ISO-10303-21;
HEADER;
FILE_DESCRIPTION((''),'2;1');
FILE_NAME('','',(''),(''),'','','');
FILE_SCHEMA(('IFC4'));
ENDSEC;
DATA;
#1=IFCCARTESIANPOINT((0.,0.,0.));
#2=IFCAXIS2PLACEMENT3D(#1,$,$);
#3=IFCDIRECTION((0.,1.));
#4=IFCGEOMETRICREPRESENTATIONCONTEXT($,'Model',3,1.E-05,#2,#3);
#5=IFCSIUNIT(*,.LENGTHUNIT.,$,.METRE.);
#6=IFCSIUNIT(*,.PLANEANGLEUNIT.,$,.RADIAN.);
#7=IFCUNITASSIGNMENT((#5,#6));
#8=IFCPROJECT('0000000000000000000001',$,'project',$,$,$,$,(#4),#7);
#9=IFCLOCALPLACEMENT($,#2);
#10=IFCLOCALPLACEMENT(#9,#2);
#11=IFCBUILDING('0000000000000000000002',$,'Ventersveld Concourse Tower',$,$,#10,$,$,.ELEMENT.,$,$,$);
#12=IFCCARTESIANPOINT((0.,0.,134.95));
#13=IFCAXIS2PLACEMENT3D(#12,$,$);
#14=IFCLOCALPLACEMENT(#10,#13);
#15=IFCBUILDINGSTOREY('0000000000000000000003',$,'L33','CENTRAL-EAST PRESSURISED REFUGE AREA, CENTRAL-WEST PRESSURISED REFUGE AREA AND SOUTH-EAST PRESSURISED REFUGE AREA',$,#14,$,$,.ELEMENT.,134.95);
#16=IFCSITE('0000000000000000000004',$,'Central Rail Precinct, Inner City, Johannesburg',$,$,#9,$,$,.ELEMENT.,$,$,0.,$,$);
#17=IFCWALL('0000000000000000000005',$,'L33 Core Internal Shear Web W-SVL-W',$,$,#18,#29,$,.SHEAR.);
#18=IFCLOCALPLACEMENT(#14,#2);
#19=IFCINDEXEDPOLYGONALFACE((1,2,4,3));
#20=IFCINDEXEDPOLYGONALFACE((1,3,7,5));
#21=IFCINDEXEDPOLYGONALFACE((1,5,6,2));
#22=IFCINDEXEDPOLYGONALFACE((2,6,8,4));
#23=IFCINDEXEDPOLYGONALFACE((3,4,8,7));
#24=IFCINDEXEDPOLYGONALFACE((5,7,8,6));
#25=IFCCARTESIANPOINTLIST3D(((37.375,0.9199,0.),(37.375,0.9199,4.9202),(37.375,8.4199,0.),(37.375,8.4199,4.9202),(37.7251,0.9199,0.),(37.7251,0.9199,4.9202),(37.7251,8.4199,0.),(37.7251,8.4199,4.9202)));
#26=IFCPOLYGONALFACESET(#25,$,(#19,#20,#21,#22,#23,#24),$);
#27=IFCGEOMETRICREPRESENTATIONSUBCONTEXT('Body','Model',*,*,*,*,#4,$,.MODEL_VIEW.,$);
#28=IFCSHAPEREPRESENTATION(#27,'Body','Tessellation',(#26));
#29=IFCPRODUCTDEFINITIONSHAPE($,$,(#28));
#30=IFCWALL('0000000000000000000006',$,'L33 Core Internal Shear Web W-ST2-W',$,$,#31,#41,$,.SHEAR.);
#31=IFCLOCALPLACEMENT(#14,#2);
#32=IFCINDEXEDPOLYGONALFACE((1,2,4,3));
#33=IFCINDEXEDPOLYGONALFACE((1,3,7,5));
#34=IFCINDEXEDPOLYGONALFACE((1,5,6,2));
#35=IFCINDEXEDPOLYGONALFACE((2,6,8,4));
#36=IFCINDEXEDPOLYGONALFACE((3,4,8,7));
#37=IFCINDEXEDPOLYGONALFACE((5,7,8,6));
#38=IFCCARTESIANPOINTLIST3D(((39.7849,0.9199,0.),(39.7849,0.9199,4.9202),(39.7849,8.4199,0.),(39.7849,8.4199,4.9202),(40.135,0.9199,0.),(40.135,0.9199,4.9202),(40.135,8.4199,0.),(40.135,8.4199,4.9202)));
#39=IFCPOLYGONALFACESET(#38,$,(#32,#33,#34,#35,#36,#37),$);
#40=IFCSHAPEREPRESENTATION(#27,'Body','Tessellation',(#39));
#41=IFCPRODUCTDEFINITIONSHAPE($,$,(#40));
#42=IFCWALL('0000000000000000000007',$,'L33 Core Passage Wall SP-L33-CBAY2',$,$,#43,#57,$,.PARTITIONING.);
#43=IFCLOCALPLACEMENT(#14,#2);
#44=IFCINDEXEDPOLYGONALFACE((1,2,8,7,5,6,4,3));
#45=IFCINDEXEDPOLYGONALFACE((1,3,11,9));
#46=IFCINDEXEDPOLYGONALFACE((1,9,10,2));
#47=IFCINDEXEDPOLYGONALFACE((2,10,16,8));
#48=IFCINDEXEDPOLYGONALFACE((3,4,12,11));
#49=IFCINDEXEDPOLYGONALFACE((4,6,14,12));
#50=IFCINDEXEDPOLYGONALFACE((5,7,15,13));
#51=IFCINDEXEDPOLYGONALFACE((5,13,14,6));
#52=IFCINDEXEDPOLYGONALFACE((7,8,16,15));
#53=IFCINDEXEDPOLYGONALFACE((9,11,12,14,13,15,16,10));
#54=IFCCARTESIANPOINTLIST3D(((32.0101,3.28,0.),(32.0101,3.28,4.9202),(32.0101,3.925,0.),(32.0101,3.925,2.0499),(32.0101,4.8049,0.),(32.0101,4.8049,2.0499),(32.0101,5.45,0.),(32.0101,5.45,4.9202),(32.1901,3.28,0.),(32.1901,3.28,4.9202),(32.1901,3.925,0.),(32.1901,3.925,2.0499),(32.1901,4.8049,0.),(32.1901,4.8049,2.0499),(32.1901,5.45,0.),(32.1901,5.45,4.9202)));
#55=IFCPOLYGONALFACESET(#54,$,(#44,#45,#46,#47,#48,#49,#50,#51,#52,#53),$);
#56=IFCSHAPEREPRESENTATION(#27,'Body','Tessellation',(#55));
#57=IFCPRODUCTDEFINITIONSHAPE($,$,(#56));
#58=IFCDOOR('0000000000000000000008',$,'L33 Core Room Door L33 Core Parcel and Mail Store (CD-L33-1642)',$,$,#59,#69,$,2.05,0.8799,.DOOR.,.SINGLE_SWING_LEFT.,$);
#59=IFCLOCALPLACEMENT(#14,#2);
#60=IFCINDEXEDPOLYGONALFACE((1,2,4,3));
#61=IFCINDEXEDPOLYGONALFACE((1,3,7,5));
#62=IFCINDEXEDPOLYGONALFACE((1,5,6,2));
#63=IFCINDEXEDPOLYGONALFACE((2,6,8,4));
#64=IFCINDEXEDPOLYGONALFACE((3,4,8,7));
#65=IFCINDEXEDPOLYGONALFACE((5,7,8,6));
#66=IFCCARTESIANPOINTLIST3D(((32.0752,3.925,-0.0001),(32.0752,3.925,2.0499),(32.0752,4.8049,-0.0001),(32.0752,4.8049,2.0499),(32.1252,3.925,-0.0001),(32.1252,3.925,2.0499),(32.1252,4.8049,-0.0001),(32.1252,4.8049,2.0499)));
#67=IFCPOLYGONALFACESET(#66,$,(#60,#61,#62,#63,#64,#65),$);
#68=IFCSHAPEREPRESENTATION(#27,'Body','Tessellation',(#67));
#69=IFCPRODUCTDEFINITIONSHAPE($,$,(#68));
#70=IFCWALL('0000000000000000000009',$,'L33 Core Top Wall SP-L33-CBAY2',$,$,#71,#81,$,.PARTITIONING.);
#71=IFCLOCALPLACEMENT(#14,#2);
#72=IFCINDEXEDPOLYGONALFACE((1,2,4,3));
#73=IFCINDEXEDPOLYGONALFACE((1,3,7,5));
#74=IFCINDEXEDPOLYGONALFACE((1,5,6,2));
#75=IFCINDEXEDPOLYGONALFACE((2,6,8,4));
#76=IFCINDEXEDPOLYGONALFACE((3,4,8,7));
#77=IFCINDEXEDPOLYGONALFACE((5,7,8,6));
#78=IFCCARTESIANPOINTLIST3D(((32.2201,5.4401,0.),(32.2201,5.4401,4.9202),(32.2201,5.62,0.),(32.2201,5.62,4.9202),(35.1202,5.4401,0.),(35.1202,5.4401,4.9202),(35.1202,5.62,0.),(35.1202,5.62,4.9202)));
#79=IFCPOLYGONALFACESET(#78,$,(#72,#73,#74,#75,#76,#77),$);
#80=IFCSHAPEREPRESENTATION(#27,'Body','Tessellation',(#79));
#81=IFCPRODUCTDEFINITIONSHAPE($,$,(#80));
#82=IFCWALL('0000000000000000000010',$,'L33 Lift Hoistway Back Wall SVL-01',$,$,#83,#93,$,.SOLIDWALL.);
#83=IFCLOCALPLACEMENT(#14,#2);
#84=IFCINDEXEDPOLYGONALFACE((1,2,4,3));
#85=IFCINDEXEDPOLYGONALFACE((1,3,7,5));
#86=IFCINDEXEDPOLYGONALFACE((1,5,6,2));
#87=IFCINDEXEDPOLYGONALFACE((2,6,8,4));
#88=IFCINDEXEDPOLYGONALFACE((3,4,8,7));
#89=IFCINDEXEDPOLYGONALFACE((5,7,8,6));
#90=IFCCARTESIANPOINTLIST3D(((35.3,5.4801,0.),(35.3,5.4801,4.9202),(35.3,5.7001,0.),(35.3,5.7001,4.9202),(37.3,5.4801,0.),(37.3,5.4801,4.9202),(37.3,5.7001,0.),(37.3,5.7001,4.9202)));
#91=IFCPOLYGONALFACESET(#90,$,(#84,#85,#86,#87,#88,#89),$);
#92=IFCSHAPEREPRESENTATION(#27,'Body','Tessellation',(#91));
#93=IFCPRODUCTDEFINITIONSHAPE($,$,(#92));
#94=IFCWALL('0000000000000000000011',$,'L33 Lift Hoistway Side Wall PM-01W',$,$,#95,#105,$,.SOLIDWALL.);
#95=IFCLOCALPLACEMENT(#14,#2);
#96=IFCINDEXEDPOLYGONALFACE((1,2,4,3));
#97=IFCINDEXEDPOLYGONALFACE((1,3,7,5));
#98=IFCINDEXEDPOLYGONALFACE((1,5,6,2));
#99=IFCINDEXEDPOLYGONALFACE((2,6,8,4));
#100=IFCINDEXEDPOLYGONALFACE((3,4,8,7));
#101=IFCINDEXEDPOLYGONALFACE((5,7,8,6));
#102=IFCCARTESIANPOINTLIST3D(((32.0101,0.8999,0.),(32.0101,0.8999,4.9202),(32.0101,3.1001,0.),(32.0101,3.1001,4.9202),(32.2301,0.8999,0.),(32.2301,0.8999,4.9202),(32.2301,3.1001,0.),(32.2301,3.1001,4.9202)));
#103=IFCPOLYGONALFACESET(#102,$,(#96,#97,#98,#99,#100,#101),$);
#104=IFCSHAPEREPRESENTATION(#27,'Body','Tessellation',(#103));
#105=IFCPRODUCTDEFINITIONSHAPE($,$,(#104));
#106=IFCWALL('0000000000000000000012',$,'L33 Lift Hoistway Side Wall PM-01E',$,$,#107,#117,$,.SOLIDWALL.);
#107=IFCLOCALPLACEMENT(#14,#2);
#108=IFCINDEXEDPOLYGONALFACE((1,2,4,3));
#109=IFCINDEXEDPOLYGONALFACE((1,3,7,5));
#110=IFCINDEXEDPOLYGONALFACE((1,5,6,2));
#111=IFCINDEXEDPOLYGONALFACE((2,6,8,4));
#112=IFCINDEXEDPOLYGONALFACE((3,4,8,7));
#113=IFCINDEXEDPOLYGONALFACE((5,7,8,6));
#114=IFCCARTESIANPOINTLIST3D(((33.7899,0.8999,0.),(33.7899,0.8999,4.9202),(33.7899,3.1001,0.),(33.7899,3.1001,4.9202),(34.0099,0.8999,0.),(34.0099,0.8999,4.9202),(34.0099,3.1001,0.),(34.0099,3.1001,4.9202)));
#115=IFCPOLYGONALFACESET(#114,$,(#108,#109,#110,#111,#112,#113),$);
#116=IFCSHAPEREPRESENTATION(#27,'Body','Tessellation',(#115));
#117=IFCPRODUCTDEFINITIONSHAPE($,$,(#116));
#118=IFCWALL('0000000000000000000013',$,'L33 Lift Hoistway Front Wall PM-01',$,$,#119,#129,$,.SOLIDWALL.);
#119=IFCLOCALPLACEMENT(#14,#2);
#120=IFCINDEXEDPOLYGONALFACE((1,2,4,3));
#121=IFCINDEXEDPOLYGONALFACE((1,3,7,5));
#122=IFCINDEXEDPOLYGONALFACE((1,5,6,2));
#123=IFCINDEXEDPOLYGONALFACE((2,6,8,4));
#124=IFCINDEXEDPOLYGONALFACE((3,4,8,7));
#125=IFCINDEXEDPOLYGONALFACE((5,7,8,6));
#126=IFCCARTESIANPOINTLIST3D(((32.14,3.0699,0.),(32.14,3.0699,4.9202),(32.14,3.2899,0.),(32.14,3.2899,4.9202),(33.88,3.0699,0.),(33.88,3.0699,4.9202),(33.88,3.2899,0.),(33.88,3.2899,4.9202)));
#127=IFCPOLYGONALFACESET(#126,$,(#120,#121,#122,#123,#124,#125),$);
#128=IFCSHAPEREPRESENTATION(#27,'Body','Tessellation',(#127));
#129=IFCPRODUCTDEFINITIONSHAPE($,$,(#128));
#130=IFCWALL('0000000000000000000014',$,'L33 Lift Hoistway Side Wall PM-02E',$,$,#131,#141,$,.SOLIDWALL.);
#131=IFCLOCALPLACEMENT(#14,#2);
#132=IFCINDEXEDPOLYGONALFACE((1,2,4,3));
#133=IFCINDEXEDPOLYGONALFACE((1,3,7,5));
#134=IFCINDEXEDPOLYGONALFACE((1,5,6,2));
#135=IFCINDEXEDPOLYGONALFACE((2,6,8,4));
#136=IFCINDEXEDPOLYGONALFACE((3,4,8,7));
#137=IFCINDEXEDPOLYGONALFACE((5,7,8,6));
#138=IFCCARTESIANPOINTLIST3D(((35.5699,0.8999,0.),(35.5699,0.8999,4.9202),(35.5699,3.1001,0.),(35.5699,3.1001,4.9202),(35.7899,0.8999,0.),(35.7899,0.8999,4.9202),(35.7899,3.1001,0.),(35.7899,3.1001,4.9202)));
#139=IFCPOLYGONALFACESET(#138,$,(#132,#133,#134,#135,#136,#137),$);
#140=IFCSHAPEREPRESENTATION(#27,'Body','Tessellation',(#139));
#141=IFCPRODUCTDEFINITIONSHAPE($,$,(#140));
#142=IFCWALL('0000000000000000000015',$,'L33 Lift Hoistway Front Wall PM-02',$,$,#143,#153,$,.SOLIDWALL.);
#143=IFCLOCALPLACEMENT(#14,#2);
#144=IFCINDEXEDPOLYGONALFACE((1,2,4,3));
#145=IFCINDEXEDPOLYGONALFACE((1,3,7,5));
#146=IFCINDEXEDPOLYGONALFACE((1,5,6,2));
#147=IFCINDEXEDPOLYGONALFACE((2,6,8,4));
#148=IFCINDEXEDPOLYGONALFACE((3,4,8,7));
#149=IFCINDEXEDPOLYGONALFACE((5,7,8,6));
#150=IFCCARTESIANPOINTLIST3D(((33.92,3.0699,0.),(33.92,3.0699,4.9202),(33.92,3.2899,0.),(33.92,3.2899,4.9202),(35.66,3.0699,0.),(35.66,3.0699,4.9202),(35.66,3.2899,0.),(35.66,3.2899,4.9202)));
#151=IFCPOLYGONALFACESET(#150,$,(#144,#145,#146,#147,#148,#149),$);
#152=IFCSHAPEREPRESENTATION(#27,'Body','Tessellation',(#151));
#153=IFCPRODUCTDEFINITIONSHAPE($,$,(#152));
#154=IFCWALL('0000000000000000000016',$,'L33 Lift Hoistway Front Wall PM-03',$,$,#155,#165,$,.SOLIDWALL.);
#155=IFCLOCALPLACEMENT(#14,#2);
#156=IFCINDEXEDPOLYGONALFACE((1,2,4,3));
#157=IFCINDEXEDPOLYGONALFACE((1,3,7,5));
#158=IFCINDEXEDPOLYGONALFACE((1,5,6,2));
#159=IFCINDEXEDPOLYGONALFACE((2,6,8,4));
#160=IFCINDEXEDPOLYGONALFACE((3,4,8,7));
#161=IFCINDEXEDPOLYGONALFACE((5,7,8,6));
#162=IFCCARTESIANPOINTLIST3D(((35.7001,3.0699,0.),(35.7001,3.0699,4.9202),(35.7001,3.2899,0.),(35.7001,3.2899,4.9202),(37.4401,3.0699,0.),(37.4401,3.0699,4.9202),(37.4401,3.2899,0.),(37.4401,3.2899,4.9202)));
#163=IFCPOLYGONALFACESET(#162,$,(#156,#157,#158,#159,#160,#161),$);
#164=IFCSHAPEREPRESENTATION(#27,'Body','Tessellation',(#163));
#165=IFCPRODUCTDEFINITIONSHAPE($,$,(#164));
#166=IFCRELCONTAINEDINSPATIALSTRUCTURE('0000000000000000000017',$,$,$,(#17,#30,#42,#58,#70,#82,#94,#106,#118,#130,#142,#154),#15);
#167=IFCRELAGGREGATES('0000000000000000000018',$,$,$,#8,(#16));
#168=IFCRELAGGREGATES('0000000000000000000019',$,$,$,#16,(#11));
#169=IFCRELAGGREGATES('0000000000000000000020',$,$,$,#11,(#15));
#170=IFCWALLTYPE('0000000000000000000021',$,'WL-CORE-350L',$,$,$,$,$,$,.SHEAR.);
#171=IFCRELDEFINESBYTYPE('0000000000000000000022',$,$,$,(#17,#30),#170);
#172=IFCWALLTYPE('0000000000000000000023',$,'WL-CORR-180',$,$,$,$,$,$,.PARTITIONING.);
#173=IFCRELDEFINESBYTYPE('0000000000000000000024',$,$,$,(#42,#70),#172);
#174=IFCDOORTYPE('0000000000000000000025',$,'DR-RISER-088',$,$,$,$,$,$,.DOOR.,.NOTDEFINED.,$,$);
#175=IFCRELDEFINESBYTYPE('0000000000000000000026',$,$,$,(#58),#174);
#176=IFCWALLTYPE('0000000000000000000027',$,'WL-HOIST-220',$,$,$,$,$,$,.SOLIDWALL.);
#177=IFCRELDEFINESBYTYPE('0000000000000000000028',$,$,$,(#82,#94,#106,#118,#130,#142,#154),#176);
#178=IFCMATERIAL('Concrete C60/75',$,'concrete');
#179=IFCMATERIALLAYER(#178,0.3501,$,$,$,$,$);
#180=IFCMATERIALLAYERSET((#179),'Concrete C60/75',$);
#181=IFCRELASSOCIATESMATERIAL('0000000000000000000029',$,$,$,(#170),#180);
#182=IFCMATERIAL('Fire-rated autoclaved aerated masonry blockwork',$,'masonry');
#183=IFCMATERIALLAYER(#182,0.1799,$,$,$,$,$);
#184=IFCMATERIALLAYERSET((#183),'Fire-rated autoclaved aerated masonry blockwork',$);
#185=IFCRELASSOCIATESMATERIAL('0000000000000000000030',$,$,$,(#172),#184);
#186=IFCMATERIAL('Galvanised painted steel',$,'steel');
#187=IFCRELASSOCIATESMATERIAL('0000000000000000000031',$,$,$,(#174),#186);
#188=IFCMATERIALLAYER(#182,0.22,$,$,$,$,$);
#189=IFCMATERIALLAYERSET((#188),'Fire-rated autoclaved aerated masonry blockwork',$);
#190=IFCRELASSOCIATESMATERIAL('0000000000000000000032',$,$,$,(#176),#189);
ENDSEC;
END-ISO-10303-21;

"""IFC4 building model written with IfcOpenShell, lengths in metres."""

from ifc_helpers import new_model, si_unit, direction, frame, frame_2d, origin, place, context, subcontext, project, spatial, rectangle, extrude, material, layer, layer_set, type_object, element, fill, save


model = new_model("IFC4")

# Units and contexts
model_context = context("Model", 3, precision=1e-05, world=origin(), true_north=direction((0.0, 1.0)))
body_context = subcontext(model_context, "Body", "Model", "MODEL_VIEW")
ifc_project = project(units=[si_unit("LENGTHUNIT", "METRE"), si_unit("PLANEANGLEUNIT", "RADIAN")], contexts=[model_context])

# Site, building, storey
site_placement = place(None, origin())
site = spatial("IfcSite", under=ifc_project, at=site_placement, Name="Central Rail Precinct, Inner City, Johannesburg", CompositionType="ELEMENT", RefElevation=0.0)
building_placement = place(site_placement, origin())
building = spatial("IfcBuilding", under=site, at=building_placement, Name="Ventersveld Concourse Tower", CompositionType="ELEMENT")
storey_placement = place(building_placement, frame((0.0, 0.0, 134.95)))
storey = spatial("IfcBuildingStorey", under=building, at=storey_placement, Name="L33", Description="CENTRAL-EAST PRESSURISED REFUGE AREA, CENTRAL-WEST PRESSURISED REFUGE AREA AND SOUTH-EAST PRESSURISED REFUGE AREA", CompositionType="ELEMENT", Elevation=134.95)

# Walls
ifc_material_1 = material(Name="Concrete C60/75", Category="concrete")
ifc_layer_1 = layer(ifc_material_1, 0.3501)
ifc_layer_set_1 = layer_set([ifc_layer_1], Name="Concrete C60/75")
wall_type_1 = type_object("IfcWallType", Name="WL-CORE-350L", PredefinedType="SHEAR", material=ifc_layer_set_1)
for number, where, z_axis, x_axis, name in (
    (1, (37.55, 0.9199, 0.0), (0.0, 0.0, 1.0), (0.0, 1.0, 0.0), "L33 Core Internal Shear Web W-SVL-W"),
    (2, (39.96, 0.9199, 0.0), (0.0, 0.0, 1.0), (0.0, 1.0, 0.0), "L33 Core Internal Shear Web W-ST2-W"),
):
    element("IfcWall", number, at=place(storey_placement, frame(where, z_axis=z_axis, x_axis=x_axis)), inside=storey, type_object=wall_type_1, Name=name, PredefinedType="SHEAR", context=body_context, shape_type="SweptSolid", body=[
        extrude(rectangle(XDim=7.5, YDim=0.3501, at=frame_2d((3.75, 0.0))), origin(), (0.0, 0.0, 1.0), 4.9202),
    ])

# Wall, opening, door
ifc_material_2 = material(Name="Fire-rated autoclaved aerated masonry blockwork", Category="masonry")
ifc_layer_2 = layer(ifc_material_2, 0.1799)
ifc_layer_set_2 = layer_set([ifc_layer_2], Name="Fire-rated autoclaved aerated masonry blockwork")
wall_type_2 = type_object("IfcWallType", Name="WL-CORR-180", PredefinedType="PARTITIONING", material=ifc_layer_set_2)
wall_1_placement = place(storey_placement, frame((32.1001, 3.28, 0.0), z_axis=(0.0, 0.0, 1.0), x_axis=(0.0, 1.0, 0.0)))
wall_1 = element("IfcWall", 3, at=wall_1_placement, inside=storey, type_object=wall_type_2, Name="L33 Core Passage Wall SP-L33-CBAY2", PredefinedType="PARTITIONING", context=body_context, shape_type="SweptSolid", body=[
    extrude(rectangle(XDim=2.1699, YDim=0.1799, at=frame_2d((1.085, 0.0))), origin(), (0.0, 0.0, 1.0), 4.9202),
])
opening_placement = place(wall_1_placement, frame((0.645, 0.0, 0.0)))
opening = element("IfcOpeningElement", 4, at=opening_placement, cuts=wall_1, PredefinedType="OPENING", context=body_context, shape_type="SweptSolid", body=[
    extrude(rectangle(XDim=0.8799, YDim=2.05, at=frame_2d((0.4399, 1.0249))), frame((0.0, 0.1001, 0.0), z_axis=(0.0, -1.0, 0.0), x_axis=(1.0, 0.0, 0.0)), (0.0, 0.0, 1.0), 0.2),
])
ifc_material_3 = material(Name="Galvanised painted steel", Category="steel")
door_type = type_object("IfcDoorType", Name="DR-RISER-088", OperationType="NOTDEFINED", PredefinedType="DOOR", material=ifc_material_3)
door_placement = place(opening_placement, origin())
door = element("IfcDoor", 5, at=door_placement, inside=storey, type_object=door_type, Name="L33 Core Room Door L33 Core Parcel and Mail Store (CD-L33-1642)", OperationType="SINGLE_SWING_LEFT", OverallHeight=2.05, OverallWidth=0.8799, PredefinedType="DOOR", context=body_context, shape_type="SweptSolid", body=[
    extrude(rectangle(XDim=0.8799, YDim=2.05, at=frame_2d((0.4399, 1.0249))), frame((0.0, 0.0249, 0.0), z_axis=(0.0, -1.0, 0.0), x_axis=(1.0, 0.0, 0.0)), (0.0, 0.0, 1.0), 0.05),
])
fill(opening, door)

# Walls
wall_2_placement = place(storey_placement, frame((32.22, 5.53, 0.0), z_axis=(0.0, 0.0, 1.0), x_axis=(1.0, 0.0, 0.0)))
element("IfcWall", 6, at=wall_2_placement, inside=storey, type_object=wall_type_2, Name="L33 Core Top Wall SP-L33-CBAY2", PredefinedType="PARTITIONING", context=body_context, shape_type="SweptSolid", body=[
    extrude(rectangle(XDim=2.9001, YDim=0.1799, at=frame_2d((1.4502, 0.0))), origin(), (0.0, 0.0, 1.0), 4.9202),
])
ifc_layer_3 = layer(ifc_material_2, 0.22)
ifc_layer_set_3 = layer_set([ifc_layer_3], Name="Fire-rated autoclaved aerated masonry blockwork")
wall_type_3 = type_object("IfcWallType", Name="WL-HOIST-220", PredefinedType="SOLIDWALL", material=ifc_layer_set_3)
wall_3_placement = place(storey_placement, frame((35.3, 5.5901, 0.0), z_axis=(0.0, 0.0, 1.0), x_axis=(1.0, 0.0, 0.0)))
element("IfcWall", 7, at=wall_3_placement, inside=storey, type_object=wall_type_3, Name="L33 Lift Hoistway Back Wall SVL-01", PredefinedType="SOLIDWALL", context=body_context, shape_type="SweptSolid", body=[
    extrude(rectangle(XDim=2.0, YDim=0.22, at=frame_2d((1.0, 0.0))), origin(), (0.0, 0.0, 1.0), 4.9202),
])
for number, where, z_axis, x_axis, name in (
    (8, (32.1201, 0.8999, 0.0), (0.0, 0.0, 1.0), (0.0, 1.0, 0.0), "L33 Lift Hoistway Side Wall PM-01W"),
    (9, (33.8999, 0.8999, 0.0), (0.0, 0.0, 1.0), (0.0, 1.0, 0.0), "L33 Lift Hoistway Side Wall PM-01E"),
):
    element("IfcWall", number, at=place(storey_placement, frame(where, z_axis=z_axis, x_axis=x_axis)), inside=storey, type_object=wall_type_3, Name=name, PredefinedType="SOLIDWALL", context=body_context, shape_type="SweptSolid", body=[
        extrude(rectangle(XDim=2.2002, YDim=0.22, at=frame_2d((1.1001, 0.0))), origin(), (0.0, 0.0, 1.0), 4.9202),
    ])
wall_4_placement = place(storey_placement, frame((32.1399, 3.1799, 0.0), z_axis=(0.0, 0.0, 1.0), x_axis=(1.0, 0.0, 0.0)))
element("IfcWall", 10, at=wall_4_placement, inside=storey, type_object=wall_type_3, Name="L33 Lift Hoistway Front Wall PM-01", PredefinedType="SOLIDWALL", context=body_context, shape_type="SweptSolid", body=[
    extrude(rectangle(XDim=1.74, YDim=0.22, at=frame_2d((0.8701, 0.0))), origin(), (0.0, 0.0, 1.0), 4.9202),
])
wall_5_placement = place(storey_placement, frame((35.6799, 0.8999, 0.0), z_axis=(0.0, 0.0, 1.0), x_axis=(0.0, 1.0, 0.0)))
element("IfcWall", 11, at=wall_5_placement, inside=storey, type_object=wall_type_3, Name="L33 Lift Hoistway Side Wall PM-02E", PredefinedType="SOLIDWALL", context=body_context, shape_type="SweptSolid", body=[
    extrude(rectangle(XDim=2.2002, YDim=0.22, at=frame_2d((1.1001, 0.0))), origin(), (0.0, 0.0, 1.0), 4.9202),
])
for number, where, z_axis, x_axis, name in (
    (12, (33.9199, 3.1799, 0.0), (0.0, 0.0, 1.0), (1.0, 0.0, 0.0), "L33 Lift Hoistway Front Wall PM-02"),
    (13, (35.7, 3.1799, 0.0), (0.0, 0.0, 1.0), (1.0, 0.0, 0.0), "L33 Lift Hoistway Front Wall PM-03"),
):
    element("IfcWall", number, at=place(storey_placement, frame(where, z_axis=z_axis, x_axis=x_axis)), inside=storey, type_object=wall_type_3, Name=name, PredefinedType="SOLIDWALL", context=body_context, shape_type="SweptSolid", body=[
        extrude(rectangle(XDim=1.74, YDim=0.22, at=frame_2d((0.8701, 0.0))), origin(), (0.0, 0.0, 1.0), 4.9202),
    ])

save(model, "model.ifc")
